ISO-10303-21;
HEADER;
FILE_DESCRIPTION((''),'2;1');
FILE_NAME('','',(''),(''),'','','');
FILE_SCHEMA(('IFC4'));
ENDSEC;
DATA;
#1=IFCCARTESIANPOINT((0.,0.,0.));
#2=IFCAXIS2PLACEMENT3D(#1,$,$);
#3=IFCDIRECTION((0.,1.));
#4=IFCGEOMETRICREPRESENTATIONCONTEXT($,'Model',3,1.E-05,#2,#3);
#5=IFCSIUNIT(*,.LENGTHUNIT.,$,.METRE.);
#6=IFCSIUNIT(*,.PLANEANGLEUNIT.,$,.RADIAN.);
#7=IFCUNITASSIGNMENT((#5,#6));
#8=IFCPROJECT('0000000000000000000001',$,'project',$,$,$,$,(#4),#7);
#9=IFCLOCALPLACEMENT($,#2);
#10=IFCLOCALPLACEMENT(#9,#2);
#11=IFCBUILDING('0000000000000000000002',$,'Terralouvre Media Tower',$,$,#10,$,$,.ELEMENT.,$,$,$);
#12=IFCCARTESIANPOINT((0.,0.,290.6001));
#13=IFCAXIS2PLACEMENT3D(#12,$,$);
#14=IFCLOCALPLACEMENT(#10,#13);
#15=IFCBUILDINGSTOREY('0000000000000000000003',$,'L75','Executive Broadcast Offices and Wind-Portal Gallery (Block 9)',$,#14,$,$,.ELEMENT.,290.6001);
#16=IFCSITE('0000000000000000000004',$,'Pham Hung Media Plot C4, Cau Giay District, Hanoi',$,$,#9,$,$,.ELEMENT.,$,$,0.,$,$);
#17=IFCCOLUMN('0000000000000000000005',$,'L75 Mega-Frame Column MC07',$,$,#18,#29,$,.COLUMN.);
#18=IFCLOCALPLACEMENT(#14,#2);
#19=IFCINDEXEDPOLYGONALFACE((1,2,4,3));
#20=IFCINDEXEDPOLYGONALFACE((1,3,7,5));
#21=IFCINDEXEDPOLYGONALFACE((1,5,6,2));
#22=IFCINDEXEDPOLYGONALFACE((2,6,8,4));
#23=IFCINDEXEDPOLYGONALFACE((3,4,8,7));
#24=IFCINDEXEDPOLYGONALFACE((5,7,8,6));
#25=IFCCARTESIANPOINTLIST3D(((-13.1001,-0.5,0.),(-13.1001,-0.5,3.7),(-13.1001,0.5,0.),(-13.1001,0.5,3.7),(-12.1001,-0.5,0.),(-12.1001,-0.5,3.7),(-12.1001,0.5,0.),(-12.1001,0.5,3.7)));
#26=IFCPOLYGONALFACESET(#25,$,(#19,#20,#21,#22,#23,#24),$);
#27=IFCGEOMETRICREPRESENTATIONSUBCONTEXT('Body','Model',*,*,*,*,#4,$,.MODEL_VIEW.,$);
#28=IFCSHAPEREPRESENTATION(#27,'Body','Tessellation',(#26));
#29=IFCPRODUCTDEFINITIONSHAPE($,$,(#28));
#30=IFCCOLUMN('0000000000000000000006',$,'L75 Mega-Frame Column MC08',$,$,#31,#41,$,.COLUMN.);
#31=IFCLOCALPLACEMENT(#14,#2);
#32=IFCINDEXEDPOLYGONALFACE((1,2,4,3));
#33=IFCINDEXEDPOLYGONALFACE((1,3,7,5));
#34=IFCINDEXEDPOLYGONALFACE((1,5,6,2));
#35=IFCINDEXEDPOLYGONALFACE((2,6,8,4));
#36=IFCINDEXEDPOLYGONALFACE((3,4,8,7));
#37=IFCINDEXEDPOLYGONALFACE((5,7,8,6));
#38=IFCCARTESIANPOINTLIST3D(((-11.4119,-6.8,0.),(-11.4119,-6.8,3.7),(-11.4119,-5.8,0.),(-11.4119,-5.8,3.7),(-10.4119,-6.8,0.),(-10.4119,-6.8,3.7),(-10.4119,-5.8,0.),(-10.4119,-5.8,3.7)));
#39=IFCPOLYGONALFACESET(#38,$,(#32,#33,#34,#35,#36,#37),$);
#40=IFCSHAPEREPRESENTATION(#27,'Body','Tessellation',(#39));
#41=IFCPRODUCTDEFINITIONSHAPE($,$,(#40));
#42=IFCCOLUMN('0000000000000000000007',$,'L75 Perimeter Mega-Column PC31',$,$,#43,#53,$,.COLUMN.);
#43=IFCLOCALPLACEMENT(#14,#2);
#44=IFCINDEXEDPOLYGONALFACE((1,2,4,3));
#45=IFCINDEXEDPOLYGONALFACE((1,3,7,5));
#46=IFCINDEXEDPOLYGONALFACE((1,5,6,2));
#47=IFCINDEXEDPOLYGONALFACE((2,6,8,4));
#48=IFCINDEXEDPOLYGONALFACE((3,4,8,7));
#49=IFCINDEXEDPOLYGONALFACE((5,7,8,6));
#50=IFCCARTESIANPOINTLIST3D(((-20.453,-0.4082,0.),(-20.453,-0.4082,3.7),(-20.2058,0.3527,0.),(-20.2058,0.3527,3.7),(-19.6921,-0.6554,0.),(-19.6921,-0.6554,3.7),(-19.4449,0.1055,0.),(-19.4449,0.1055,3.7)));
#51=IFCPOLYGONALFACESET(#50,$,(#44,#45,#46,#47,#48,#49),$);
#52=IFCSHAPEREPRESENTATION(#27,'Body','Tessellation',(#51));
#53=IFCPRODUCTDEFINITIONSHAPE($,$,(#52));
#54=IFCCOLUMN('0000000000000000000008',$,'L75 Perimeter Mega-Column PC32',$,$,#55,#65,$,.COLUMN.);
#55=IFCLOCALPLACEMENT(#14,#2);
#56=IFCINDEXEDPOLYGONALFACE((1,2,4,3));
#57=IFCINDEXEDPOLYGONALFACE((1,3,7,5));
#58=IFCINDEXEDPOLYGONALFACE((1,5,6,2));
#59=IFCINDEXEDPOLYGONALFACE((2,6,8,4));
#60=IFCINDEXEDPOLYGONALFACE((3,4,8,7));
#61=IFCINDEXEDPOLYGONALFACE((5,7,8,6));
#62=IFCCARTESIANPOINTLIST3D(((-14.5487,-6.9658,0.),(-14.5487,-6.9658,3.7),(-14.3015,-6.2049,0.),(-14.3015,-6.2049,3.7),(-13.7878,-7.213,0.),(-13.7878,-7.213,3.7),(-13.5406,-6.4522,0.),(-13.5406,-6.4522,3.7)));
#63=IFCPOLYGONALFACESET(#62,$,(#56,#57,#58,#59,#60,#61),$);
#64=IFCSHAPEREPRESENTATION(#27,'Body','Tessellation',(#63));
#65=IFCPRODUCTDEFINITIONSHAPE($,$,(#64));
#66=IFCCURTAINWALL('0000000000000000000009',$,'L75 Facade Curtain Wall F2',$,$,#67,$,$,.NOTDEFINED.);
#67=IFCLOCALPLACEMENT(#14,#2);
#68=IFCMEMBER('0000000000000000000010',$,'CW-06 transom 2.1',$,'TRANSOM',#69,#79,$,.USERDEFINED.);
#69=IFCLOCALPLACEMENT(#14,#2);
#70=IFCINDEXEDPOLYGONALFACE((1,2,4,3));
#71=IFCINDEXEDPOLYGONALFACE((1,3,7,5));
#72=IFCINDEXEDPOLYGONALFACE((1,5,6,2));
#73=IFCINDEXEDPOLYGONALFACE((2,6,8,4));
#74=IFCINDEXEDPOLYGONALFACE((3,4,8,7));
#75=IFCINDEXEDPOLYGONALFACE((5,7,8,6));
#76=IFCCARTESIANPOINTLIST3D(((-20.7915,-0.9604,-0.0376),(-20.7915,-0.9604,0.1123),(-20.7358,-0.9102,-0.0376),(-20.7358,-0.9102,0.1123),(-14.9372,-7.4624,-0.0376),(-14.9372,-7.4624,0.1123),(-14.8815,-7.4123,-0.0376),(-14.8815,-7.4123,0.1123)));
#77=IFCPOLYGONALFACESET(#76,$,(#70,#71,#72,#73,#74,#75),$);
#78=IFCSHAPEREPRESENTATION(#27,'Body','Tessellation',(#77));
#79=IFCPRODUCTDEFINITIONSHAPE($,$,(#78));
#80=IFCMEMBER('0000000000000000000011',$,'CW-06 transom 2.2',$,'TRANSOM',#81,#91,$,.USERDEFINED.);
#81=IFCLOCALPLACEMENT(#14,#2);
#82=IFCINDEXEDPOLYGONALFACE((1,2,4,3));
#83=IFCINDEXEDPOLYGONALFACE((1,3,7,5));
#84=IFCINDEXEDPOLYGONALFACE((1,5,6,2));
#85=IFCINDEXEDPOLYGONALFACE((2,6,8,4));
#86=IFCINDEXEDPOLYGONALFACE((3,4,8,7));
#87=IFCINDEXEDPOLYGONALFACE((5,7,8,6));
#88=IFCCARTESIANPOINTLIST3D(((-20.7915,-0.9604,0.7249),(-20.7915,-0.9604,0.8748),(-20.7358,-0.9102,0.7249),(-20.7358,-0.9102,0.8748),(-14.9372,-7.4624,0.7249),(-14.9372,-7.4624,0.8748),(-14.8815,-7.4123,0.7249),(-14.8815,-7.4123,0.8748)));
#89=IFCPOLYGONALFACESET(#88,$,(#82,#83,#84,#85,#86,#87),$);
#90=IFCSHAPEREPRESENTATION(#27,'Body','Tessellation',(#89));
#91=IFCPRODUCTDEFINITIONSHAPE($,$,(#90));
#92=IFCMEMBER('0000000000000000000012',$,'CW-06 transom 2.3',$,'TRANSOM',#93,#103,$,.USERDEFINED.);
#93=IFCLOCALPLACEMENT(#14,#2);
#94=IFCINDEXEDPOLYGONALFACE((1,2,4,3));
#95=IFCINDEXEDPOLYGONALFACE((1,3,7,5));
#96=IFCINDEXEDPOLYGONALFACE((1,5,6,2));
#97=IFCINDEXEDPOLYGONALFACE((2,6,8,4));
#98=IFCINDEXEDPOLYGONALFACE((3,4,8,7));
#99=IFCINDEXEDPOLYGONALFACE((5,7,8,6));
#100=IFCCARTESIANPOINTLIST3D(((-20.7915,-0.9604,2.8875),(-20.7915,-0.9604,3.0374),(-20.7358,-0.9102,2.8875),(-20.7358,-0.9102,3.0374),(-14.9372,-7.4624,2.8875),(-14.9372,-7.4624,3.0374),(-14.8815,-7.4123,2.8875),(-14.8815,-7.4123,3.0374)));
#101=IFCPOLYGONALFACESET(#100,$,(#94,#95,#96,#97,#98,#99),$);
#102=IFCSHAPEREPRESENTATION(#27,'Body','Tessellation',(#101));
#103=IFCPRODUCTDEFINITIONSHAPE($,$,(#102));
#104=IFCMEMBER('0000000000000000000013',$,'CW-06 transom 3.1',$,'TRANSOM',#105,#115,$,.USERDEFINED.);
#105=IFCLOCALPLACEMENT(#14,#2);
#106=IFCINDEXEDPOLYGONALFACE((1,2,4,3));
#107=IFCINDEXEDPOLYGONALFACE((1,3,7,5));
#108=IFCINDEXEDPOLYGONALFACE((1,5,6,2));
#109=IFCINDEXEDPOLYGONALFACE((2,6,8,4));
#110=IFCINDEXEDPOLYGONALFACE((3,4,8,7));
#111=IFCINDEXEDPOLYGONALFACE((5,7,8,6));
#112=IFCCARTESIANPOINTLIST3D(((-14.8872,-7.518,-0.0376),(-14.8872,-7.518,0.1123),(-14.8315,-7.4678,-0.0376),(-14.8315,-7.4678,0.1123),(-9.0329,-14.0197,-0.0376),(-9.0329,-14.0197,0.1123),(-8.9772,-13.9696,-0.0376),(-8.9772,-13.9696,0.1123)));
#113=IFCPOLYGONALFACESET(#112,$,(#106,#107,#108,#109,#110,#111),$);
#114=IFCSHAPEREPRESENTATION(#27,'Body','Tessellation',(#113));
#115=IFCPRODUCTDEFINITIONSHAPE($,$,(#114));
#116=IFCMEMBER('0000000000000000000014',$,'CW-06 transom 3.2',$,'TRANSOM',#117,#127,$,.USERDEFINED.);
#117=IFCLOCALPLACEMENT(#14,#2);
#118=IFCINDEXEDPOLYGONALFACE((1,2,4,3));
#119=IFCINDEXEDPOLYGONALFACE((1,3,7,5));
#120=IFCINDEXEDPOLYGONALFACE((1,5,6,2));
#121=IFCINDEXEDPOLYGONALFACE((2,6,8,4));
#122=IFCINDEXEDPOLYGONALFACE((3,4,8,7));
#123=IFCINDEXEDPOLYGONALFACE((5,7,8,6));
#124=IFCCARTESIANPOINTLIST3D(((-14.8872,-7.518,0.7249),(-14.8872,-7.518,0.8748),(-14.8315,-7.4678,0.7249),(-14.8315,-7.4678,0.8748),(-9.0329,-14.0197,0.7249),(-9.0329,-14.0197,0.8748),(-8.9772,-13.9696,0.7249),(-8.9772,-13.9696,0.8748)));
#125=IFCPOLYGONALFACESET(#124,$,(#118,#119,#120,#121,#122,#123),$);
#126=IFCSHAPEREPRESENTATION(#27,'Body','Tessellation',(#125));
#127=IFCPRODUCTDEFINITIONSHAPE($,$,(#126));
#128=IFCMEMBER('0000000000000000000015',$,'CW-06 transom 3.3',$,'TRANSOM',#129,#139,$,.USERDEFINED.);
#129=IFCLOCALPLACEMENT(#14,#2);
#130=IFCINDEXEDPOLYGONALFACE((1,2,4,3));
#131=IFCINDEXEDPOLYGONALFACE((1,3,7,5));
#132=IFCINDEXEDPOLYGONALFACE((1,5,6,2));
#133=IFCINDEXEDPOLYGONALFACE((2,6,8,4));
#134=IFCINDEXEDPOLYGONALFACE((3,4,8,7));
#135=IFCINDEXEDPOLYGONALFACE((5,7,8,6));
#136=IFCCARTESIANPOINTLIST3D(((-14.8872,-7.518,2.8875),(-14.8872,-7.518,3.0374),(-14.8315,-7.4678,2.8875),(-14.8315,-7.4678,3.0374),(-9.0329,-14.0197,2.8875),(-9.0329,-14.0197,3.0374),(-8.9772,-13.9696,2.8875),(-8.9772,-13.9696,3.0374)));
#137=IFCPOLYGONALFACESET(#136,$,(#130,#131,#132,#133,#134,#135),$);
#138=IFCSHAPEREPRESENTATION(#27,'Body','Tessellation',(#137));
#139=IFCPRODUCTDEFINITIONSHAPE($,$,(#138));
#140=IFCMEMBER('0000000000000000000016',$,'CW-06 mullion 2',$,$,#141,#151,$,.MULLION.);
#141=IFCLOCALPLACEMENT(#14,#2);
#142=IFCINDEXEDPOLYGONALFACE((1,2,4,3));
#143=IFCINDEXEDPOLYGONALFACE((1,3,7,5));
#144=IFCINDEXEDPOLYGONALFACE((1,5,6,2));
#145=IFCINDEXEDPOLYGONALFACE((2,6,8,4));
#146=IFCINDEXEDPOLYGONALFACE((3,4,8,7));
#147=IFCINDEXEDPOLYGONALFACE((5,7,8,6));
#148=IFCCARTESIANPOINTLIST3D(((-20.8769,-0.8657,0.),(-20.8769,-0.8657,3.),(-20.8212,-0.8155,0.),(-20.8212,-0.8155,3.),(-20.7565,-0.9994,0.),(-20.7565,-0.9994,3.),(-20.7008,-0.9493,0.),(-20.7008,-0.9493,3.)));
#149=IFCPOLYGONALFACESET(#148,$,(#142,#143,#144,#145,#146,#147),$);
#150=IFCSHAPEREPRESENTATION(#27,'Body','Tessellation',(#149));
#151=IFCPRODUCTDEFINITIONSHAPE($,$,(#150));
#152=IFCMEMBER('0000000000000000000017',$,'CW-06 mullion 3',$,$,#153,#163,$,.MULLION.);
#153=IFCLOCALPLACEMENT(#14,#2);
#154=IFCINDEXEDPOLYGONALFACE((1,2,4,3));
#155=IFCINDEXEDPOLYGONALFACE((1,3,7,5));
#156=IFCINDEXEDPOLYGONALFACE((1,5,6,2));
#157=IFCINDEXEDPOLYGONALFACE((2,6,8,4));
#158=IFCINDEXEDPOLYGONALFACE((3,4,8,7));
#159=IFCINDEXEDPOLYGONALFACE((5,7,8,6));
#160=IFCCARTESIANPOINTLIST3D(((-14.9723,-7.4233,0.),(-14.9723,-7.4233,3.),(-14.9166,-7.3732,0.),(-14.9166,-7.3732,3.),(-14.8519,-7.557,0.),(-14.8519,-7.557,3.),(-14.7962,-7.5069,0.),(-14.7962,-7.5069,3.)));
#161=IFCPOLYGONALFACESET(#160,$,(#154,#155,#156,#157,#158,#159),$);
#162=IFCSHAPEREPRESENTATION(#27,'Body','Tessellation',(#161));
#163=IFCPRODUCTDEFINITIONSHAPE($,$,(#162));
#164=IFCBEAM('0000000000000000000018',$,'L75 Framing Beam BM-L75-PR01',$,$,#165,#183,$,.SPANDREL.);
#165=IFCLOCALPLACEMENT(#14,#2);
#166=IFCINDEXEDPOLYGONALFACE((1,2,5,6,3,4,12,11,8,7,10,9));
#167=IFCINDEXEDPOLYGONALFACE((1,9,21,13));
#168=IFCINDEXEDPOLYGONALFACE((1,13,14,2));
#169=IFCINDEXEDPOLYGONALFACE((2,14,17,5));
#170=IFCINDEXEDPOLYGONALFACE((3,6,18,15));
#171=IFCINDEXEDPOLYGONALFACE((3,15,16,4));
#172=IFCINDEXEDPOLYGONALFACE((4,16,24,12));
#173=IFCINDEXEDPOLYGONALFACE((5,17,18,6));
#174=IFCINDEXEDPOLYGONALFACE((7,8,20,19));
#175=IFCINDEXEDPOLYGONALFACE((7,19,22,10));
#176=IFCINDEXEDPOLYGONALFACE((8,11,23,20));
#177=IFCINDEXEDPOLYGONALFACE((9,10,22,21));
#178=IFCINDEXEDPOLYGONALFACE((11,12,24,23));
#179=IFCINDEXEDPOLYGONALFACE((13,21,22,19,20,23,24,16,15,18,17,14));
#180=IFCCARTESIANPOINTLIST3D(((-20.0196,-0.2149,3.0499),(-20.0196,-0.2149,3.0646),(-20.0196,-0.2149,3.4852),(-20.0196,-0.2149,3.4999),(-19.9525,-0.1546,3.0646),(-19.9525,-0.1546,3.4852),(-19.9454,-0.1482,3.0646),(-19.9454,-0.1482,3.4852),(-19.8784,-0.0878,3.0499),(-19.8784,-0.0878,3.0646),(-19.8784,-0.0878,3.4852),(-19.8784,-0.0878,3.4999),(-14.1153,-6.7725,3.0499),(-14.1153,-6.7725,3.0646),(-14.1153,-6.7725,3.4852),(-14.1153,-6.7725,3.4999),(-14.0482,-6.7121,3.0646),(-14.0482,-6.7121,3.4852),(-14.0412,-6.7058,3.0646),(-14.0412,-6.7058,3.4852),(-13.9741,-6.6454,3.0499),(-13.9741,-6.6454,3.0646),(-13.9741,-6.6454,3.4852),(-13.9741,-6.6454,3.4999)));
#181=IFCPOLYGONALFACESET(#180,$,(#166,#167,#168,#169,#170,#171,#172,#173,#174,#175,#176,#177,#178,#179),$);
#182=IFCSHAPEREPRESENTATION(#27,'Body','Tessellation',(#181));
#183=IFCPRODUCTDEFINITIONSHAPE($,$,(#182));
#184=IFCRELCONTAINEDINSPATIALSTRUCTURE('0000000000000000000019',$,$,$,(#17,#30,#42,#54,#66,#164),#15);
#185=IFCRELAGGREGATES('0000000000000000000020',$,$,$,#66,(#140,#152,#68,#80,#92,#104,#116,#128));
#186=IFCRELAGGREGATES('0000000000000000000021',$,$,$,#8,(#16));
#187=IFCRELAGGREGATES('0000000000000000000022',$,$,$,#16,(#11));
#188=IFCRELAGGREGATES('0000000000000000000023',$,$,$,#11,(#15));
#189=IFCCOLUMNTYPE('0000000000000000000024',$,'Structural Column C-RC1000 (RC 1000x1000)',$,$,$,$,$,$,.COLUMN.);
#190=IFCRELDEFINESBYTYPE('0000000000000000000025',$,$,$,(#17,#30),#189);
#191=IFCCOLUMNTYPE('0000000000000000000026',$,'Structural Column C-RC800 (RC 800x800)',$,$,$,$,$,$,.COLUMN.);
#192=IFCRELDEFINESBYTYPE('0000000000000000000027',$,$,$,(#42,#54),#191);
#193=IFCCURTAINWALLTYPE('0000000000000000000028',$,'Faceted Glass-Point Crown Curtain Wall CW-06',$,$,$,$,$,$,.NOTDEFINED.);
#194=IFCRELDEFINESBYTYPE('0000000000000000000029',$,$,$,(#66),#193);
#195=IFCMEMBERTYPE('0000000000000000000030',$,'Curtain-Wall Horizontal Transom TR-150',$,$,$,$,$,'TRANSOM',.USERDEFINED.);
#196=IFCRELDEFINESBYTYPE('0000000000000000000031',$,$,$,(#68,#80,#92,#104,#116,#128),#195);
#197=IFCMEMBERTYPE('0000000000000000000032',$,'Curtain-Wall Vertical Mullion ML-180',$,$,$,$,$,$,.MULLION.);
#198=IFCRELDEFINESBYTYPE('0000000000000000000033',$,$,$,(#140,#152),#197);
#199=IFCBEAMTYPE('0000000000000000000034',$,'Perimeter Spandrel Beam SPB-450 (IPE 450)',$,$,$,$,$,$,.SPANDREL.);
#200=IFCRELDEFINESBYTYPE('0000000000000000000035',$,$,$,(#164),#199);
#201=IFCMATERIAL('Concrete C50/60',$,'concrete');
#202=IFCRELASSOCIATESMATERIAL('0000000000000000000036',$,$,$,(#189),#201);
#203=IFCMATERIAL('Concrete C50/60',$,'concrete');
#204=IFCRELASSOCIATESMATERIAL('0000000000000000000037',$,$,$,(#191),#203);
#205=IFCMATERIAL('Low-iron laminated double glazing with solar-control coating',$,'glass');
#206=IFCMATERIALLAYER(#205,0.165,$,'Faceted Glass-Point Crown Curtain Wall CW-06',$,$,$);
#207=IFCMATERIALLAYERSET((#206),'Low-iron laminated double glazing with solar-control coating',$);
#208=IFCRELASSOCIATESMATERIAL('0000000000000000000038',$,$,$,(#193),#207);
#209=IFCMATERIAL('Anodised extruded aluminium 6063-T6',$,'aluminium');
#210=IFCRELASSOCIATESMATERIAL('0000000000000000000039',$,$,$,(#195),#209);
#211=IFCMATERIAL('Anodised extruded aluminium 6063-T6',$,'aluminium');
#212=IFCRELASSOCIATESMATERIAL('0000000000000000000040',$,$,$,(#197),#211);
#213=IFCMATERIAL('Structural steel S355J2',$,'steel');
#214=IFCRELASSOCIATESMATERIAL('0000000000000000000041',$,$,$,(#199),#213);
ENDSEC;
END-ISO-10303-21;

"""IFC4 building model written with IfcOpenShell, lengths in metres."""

from ifc_helpers import new_model, si_unit, direction, frame, origin, origin_2d, place, context, subcontext, project, spatial, rectangle, i_section, extrude, material, layer, layer_set, material_profile, profile_set, type_object, element, aggregate, save


model = new_model("IFC4")

# Units and contexts
model_context = context("Model", 3, precision=1e-05, world=origin(), true_north=direction((0.0, 1.0)))
body_context = subcontext(model_context, "Body", "Model", "MODEL_VIEW")
ifc_project = project(units=[si_unit("LENGTHUNIT", "METRE"), si_unit("PLANEANGLEUNIT", "RADIAN")], contexts=[model_context])

# Site, building, storey
site_placement = place(None, origin())
site = spatial("IfcSite", under=ifc_project, at=site_placement, Name="Pham Hung Media Plot C4, Cau Giay District, Hanoi", CompositionType="ELEMENT", RefElevation=0.0)
building_placement = place(site_placement, origin())
building = spatial("IfcBuilding", under=site, at=building_placement, Name="Terralouvre Media Tower", CompositionType="ELEMENT")
storey_placement = place(building_placement, frame((0.0, 0.0, 290.6001)))
storey = spatial("IfcBuildingStorey", under=building, at=storey_placement, Name="L75", Description="Executive Broadcast Offices and Wind-Portal Gallery (Block 9)", CompositionType="ELEMENT", Elevation=290.6001)

# Columns
ifc_material_1 = material(Name="Concrete C50/60", Category="concrete")
ifc_material_profile_1 = material_profile(ifc_material_1, rectangle(XDim=1.0, YDim=1.0, at=origin_2d()), Name="RC 1000x1000")
ifc_profile_set_1 = profile_set([ifc_material_profile_1], Name="Concrete C50/60")
column_type_1 = type_object("IfcColumnType", Name="Structural Column C-RC1000 (RC 1000x1000)", PredefinedType="COLUMN", material=ifc_profile_set_1)
for number, where, z_axis, x_axis, name in (
    (1, (-12.6001, 0.0, 0.0), (0.0, 0.0, 1.0), (1.0, 0.0, 0.0), "L75 Mega-Frame Column MC07"),
    (2, (-10.9119, -6.3, 0.0), (0.0, 0.0, 1.0), (1.0, 0.0, 0.0), "L75 Mega-Frame Column MC08"),
):
    element("IfcColumn", number, at=place(storey_placement, frame(where, z_axis=z_axis, x_axis=x_axis)), inside=storey, type_object=column_type_1, Name=name, PredefinedType="COLUMN", context=body_context, shape_type="SweptSolid", body=[
        extrude(rectangle(XDim=1.0, YDim=1.0, at=origin_2d()), origin(), (0.0, 0.0, 1.0), 3.7),
    ])
ifc_material_2 = material(Name="Concrete C50/60", Category="concrete")
ifc_material_profile_2 = material_profile(ifc_material_2, rectangle(XDim=0.8, YDim=0.8, at=origin_2d()), Name="RC 800x800")
ifc_profile_set_2 = profile_set([ifc_material_profile_2], Name="Concrete C50/60")
column_type_2 = type_object("IfcColumnType", Name="Structural Column C-RC800 (RC 800x800)", PredefinedType="COLUMN", material=ifc_profile_set_2)
for number, where, z_axis, x_axis, name in (
    (3, (-19.949, -0.1514, 0.0), (0.0, 0.0, 1.0), (0.309017, 0.951057, 0.0), "L75 Perimeter Mega-Column PC31"),
    (4, (-14.0447, -6.709, 0.0), (0.0, 0.0, 1.0), (0.309017, 0.951057, 0.0), "L75 Perimeter Mega-Column PC32"),
):
    element("IfcColumn", number, at=place(storey_placement, frame(where, z_axis=z_axis, x_axis=x_axis)), inside=storey, type_object=column_type_2, Name=name, PredefinedType="COLUMN", context=body_context, shape_type="SweptSolid", body=[
        extrude(rectangle(XDim=0.8, YDim=0.8, at=origin_2d()), origin(), (0.0, 0.0, 1.0), 3.7),
    ])

# Curtain wall, members
ifc_material_3 = material(Name="Low-iron laminated double glazing with solar-control coating", Category="glass")
ifc_layer_1 = layer(ifc_material_3, 0.165, Name="Faceted Glass-Point Crown Curtain Wall CW-06")
ifc_layer_set_1 = layer_set([ifc_layer_1], Name="Low-iron laminated double glazing with solar-control coating")
curtain_wall_type = type_object("IfcCurtainWallType", Name="Faceted Glass-Point Crown Curtain Wall CW-06", PredefinedType="NOTDEFINED", material=ifc_layer_set_1)
curtain_wall_placement = place(storey_placement, origin())
curtain_wall = element("IfcCurtainWall", 5, at=curtain_wall_placement, inside=storey, type_object=curtain_wall_type, Name="L75 Facade Curtain Wall F2", PredefinedType="NOTDEFINED")
ifc_material_4 = material(Name="Anodised extruded aluminium 6063-T6", Category="aluminium")
ifc_material_profile_3 = material_profile(ifc_material_4, rectangle(XDim=0.075, YDim=0.1499, at=origin_2d()), Name="ALU 75x150")
ifc_profile_set_3 = profile_set([ifc_material_profile_3], Name="Anodised extruded aluminium 6063-T6")
member_type_1 = type_object("IfcMemberType", Name="Curtain-Wall Horizontal Transom TR-150", ElementType="TRANSOM", PredefinedType="USERDEFINED", material=ifc_profile_set_3)
member_1_placement = place(storey_placement, frame((-20.7637, -0.9353, 0.0374), z_axis=(0.669122, -0.743153, 0.0), x_axis=(0.743153, 0.669122, 0.0)))
member_1 = element("IfcMember", 6, at=member_1_placement, type_object=member_type_1, Name="CW-06 transom 2.1", ObjectType="TRANSOM", PredefinedType="USERDEFINED", context=body_context, shape_type="SweptSolid", body=[
    extrude(rectangle(XDim=0.075, YDim=0.1499, at=origin_2d()), origin(), (0.0, 0.0, 1.0), 8.7493),
])
member_2_placement = place(storey_placement, frame((-20.7637, -0.9353, 0.7998), z_axis=(0.669122, -0.743153, 0.0), x_axis=(0.743153, 0.669122, 0.0)))
member_2 = element("IfcMember", 7, at=member_2_placement, type_object=member_type_1, Name="CW-06 transom 2.2", ObjectType="TRANSOM", PredefinedType="USERDEFINED", context=body_context, shape_type="SweptSolid", body=[
    extrude(rectangle(XDim=0.075, YDim=0.1499, at=origin_2d()), origin(), (0.0, 0.0, 1.0), 8.7493),
])
member_3_placement = place(storey_placement, frame((-20.7637, -0.9353, 2.9624), z_axis=(0.669122, -0.743153, 0.0), x_axis=(0.743153, 0.669122, 0.0)))
member_3 = element("IfcMember", 8, at=member_3_placement, type_object=member_type_1, Name="CW-06 transom 2.3", ObjectType="TRANSOM", PredefinedType="USERDEFINED", context=body_context, shape_type="SweptSolid", body=[
    extrude(rectangle(XDim=0.075, YDim=0.1499, at=origin_2d()), origin(), (0.0, 0.0, 1.0), 8.7493),
])
member_4_placement = place(storey_placement, frame((-14.8594, -7.4929, 0.0374), z_axis=(0.669136, -0.74314, 0.0), x_axis=(0.74314, 0.669136, 0.0)))
member_4 = element("IfcMember", 9, at=member_4_placement, type_object=member_type_1, Name="CW-06 transom 3.1", ObjectType="TRANSOM", PredefinedType="USERDEFINED", context=body_context, shape_type="SweptSolid", body=[
    extrude(rectangle(XDim=0.075, YDim=0.1499, at=origin_2d()), origin(), (0.0, 0.0, 1.0), 8.749),
])
member_5_placement = place(storey_placement, frame((-14.8594, -7.4929, 0.7998), z_axis=(0.669136, -0.74314, 0.0), x_axis=(0.74314, 0.669136, 0.0)))
member_5 = element("IfcMember", 10, at=member_5_placement, type_object=member_type_1, Name="CW-06 transom 3.2", ObjectType="TRANSOM", PredefinedType="USERDEFINED", context=body_context, shape_type="SweptSolid", body=[
    extrude(rectangle(XDim=0.075, YDim=0.1499, at=origin_2d()), origin(), (0.0, 0.0, 1.0), 8.749),
])
member_6_placement = place(storey_placement, frame((-14.8594, -7.4929, 2.9624), z_axis=(0.669136, -0.74314, 0.0), x_axis=(0.74314, 0.669136, 0.0)))
member_6 = element("IfcMember", 11, at=member_6_placement, type_object=member_type_1, Name="CW-06 transom 3.3", ObjectType="TRANSOM", PredefinedType="USERDEFINED", context=body_context, shape_type="SweptSolid", body=[
    extrude(rectangle(XDim=0.075, YDim=0.1499, at=origin_2d()), origin(), (0.0, 0.0, 1.0), 8.749),
])
ifc_material_5 = material(Name="Anodised extruded aluminium 6063-T6", Category="aluminium")
ifc_material_profile_4 = material_profile(ifc_material_5, rectangle(XDim=0.075, YDim=0.1799, at=origin_2d()), Name="ALU 75x180")
ifc_profile_set_4 = profile_set([ifc_material_profile_4], Name="Anodised extruded aluminium 6063-T6")
member_type_2 = type_object("IfcMemberType", Name="Curtain-Wall Vertical Mullion ML-180", PredefinedType="MULLION", material=ifc_profile_set_4)
member_7_placement = place(storey_placement, frame((-20.7888, -0.9075, 0.0), z_axis=(0.0, 0.0, 1.0), x_axis=(0.743145, 0.669131, 0.0)))
member_7 = element("IfcMember", 12, at=member_7_placement, type_object=member_type_2, Name="CW-06 mullion 2", PredefinedType="MULLION", context=body_context, shape_type="SweptSolid", body=[
    extrude(rectangle(XDim=0.075, YDim=0.1799, at=origin_2d()), origin(), (0.0, 0.0, 1.0), 3.0),
])
member_8_placement = place(storey_placement, frame((-14.8843, -7.4651, 0.0), z_axis=(0.0, 0.0, 1.0), x_axis=(0.743145, 0.669131, 0.0)))
member_8 = element("IfcMember", 13, at=member_8_placement, type_object=member_type_2, Name="CW-06 mullion 3", PredefinedType="MULLION", context=body_context, shape_type="SweptSolid", body=[
    extrude(rectangle(XDim=0.075, YDim=0.1799, at=origin_2d()), origin(), (0.0, 0.0, 1.0), 3.0),
])

# Beam
ifc_material_6 = material(Name="Structural steel S355J2", Category="steel")
ifc_material_profile_5 = material_profile(ifc_material_6, i_section(OverallWidth=0.1899, OverallDepth=0.45, WebThickness=0.0095, FlangeThickness=0.0146, at=origin_2d()), Name="IPE 450")
ifc_profile_set_5 = profile_set([ifc_material_profile_5], Name="Structural steel S355J2")
beam_type = type_object("IfcBeamType", Name="Perimeter Spandrel Beam SPB-450 (IPE 450)", PredefinedType="SPANDREL", material=ifc_profile_set_5)
for number, where, z_axis, x_axis, name in (
    (14, (-19.949, -0.1514, 3.2749), (0.669118, -0.743157, 0.0), (0.743157, 0.669118, 0.0), "L75 Framing Beam BM-L75-PR01"),
):
    element("IfcBeam", number, at=place(storey_placement, frame(where, z_axis=z_axis, x_axis=x_axis)), inside=storey, type_object=beam_type, Name=name, PredefinedType="SPANDREL", context=body_context, shape_type="SweptSolid", body=[
        extrude(i_section(OverallWidth=0.1899, OverallDepth=0.45, WebThickness=0.0095, FlangeThickness=0.0146, at=origin_2d()), origin(), (0.0, 0.0, 1.0), 8.824),
    ])

aggregate(curtain_wall, [member_7, member_8, member_1, member_2, member_3, member_4, member_5, member_6])

save(model, "model.ifc")
